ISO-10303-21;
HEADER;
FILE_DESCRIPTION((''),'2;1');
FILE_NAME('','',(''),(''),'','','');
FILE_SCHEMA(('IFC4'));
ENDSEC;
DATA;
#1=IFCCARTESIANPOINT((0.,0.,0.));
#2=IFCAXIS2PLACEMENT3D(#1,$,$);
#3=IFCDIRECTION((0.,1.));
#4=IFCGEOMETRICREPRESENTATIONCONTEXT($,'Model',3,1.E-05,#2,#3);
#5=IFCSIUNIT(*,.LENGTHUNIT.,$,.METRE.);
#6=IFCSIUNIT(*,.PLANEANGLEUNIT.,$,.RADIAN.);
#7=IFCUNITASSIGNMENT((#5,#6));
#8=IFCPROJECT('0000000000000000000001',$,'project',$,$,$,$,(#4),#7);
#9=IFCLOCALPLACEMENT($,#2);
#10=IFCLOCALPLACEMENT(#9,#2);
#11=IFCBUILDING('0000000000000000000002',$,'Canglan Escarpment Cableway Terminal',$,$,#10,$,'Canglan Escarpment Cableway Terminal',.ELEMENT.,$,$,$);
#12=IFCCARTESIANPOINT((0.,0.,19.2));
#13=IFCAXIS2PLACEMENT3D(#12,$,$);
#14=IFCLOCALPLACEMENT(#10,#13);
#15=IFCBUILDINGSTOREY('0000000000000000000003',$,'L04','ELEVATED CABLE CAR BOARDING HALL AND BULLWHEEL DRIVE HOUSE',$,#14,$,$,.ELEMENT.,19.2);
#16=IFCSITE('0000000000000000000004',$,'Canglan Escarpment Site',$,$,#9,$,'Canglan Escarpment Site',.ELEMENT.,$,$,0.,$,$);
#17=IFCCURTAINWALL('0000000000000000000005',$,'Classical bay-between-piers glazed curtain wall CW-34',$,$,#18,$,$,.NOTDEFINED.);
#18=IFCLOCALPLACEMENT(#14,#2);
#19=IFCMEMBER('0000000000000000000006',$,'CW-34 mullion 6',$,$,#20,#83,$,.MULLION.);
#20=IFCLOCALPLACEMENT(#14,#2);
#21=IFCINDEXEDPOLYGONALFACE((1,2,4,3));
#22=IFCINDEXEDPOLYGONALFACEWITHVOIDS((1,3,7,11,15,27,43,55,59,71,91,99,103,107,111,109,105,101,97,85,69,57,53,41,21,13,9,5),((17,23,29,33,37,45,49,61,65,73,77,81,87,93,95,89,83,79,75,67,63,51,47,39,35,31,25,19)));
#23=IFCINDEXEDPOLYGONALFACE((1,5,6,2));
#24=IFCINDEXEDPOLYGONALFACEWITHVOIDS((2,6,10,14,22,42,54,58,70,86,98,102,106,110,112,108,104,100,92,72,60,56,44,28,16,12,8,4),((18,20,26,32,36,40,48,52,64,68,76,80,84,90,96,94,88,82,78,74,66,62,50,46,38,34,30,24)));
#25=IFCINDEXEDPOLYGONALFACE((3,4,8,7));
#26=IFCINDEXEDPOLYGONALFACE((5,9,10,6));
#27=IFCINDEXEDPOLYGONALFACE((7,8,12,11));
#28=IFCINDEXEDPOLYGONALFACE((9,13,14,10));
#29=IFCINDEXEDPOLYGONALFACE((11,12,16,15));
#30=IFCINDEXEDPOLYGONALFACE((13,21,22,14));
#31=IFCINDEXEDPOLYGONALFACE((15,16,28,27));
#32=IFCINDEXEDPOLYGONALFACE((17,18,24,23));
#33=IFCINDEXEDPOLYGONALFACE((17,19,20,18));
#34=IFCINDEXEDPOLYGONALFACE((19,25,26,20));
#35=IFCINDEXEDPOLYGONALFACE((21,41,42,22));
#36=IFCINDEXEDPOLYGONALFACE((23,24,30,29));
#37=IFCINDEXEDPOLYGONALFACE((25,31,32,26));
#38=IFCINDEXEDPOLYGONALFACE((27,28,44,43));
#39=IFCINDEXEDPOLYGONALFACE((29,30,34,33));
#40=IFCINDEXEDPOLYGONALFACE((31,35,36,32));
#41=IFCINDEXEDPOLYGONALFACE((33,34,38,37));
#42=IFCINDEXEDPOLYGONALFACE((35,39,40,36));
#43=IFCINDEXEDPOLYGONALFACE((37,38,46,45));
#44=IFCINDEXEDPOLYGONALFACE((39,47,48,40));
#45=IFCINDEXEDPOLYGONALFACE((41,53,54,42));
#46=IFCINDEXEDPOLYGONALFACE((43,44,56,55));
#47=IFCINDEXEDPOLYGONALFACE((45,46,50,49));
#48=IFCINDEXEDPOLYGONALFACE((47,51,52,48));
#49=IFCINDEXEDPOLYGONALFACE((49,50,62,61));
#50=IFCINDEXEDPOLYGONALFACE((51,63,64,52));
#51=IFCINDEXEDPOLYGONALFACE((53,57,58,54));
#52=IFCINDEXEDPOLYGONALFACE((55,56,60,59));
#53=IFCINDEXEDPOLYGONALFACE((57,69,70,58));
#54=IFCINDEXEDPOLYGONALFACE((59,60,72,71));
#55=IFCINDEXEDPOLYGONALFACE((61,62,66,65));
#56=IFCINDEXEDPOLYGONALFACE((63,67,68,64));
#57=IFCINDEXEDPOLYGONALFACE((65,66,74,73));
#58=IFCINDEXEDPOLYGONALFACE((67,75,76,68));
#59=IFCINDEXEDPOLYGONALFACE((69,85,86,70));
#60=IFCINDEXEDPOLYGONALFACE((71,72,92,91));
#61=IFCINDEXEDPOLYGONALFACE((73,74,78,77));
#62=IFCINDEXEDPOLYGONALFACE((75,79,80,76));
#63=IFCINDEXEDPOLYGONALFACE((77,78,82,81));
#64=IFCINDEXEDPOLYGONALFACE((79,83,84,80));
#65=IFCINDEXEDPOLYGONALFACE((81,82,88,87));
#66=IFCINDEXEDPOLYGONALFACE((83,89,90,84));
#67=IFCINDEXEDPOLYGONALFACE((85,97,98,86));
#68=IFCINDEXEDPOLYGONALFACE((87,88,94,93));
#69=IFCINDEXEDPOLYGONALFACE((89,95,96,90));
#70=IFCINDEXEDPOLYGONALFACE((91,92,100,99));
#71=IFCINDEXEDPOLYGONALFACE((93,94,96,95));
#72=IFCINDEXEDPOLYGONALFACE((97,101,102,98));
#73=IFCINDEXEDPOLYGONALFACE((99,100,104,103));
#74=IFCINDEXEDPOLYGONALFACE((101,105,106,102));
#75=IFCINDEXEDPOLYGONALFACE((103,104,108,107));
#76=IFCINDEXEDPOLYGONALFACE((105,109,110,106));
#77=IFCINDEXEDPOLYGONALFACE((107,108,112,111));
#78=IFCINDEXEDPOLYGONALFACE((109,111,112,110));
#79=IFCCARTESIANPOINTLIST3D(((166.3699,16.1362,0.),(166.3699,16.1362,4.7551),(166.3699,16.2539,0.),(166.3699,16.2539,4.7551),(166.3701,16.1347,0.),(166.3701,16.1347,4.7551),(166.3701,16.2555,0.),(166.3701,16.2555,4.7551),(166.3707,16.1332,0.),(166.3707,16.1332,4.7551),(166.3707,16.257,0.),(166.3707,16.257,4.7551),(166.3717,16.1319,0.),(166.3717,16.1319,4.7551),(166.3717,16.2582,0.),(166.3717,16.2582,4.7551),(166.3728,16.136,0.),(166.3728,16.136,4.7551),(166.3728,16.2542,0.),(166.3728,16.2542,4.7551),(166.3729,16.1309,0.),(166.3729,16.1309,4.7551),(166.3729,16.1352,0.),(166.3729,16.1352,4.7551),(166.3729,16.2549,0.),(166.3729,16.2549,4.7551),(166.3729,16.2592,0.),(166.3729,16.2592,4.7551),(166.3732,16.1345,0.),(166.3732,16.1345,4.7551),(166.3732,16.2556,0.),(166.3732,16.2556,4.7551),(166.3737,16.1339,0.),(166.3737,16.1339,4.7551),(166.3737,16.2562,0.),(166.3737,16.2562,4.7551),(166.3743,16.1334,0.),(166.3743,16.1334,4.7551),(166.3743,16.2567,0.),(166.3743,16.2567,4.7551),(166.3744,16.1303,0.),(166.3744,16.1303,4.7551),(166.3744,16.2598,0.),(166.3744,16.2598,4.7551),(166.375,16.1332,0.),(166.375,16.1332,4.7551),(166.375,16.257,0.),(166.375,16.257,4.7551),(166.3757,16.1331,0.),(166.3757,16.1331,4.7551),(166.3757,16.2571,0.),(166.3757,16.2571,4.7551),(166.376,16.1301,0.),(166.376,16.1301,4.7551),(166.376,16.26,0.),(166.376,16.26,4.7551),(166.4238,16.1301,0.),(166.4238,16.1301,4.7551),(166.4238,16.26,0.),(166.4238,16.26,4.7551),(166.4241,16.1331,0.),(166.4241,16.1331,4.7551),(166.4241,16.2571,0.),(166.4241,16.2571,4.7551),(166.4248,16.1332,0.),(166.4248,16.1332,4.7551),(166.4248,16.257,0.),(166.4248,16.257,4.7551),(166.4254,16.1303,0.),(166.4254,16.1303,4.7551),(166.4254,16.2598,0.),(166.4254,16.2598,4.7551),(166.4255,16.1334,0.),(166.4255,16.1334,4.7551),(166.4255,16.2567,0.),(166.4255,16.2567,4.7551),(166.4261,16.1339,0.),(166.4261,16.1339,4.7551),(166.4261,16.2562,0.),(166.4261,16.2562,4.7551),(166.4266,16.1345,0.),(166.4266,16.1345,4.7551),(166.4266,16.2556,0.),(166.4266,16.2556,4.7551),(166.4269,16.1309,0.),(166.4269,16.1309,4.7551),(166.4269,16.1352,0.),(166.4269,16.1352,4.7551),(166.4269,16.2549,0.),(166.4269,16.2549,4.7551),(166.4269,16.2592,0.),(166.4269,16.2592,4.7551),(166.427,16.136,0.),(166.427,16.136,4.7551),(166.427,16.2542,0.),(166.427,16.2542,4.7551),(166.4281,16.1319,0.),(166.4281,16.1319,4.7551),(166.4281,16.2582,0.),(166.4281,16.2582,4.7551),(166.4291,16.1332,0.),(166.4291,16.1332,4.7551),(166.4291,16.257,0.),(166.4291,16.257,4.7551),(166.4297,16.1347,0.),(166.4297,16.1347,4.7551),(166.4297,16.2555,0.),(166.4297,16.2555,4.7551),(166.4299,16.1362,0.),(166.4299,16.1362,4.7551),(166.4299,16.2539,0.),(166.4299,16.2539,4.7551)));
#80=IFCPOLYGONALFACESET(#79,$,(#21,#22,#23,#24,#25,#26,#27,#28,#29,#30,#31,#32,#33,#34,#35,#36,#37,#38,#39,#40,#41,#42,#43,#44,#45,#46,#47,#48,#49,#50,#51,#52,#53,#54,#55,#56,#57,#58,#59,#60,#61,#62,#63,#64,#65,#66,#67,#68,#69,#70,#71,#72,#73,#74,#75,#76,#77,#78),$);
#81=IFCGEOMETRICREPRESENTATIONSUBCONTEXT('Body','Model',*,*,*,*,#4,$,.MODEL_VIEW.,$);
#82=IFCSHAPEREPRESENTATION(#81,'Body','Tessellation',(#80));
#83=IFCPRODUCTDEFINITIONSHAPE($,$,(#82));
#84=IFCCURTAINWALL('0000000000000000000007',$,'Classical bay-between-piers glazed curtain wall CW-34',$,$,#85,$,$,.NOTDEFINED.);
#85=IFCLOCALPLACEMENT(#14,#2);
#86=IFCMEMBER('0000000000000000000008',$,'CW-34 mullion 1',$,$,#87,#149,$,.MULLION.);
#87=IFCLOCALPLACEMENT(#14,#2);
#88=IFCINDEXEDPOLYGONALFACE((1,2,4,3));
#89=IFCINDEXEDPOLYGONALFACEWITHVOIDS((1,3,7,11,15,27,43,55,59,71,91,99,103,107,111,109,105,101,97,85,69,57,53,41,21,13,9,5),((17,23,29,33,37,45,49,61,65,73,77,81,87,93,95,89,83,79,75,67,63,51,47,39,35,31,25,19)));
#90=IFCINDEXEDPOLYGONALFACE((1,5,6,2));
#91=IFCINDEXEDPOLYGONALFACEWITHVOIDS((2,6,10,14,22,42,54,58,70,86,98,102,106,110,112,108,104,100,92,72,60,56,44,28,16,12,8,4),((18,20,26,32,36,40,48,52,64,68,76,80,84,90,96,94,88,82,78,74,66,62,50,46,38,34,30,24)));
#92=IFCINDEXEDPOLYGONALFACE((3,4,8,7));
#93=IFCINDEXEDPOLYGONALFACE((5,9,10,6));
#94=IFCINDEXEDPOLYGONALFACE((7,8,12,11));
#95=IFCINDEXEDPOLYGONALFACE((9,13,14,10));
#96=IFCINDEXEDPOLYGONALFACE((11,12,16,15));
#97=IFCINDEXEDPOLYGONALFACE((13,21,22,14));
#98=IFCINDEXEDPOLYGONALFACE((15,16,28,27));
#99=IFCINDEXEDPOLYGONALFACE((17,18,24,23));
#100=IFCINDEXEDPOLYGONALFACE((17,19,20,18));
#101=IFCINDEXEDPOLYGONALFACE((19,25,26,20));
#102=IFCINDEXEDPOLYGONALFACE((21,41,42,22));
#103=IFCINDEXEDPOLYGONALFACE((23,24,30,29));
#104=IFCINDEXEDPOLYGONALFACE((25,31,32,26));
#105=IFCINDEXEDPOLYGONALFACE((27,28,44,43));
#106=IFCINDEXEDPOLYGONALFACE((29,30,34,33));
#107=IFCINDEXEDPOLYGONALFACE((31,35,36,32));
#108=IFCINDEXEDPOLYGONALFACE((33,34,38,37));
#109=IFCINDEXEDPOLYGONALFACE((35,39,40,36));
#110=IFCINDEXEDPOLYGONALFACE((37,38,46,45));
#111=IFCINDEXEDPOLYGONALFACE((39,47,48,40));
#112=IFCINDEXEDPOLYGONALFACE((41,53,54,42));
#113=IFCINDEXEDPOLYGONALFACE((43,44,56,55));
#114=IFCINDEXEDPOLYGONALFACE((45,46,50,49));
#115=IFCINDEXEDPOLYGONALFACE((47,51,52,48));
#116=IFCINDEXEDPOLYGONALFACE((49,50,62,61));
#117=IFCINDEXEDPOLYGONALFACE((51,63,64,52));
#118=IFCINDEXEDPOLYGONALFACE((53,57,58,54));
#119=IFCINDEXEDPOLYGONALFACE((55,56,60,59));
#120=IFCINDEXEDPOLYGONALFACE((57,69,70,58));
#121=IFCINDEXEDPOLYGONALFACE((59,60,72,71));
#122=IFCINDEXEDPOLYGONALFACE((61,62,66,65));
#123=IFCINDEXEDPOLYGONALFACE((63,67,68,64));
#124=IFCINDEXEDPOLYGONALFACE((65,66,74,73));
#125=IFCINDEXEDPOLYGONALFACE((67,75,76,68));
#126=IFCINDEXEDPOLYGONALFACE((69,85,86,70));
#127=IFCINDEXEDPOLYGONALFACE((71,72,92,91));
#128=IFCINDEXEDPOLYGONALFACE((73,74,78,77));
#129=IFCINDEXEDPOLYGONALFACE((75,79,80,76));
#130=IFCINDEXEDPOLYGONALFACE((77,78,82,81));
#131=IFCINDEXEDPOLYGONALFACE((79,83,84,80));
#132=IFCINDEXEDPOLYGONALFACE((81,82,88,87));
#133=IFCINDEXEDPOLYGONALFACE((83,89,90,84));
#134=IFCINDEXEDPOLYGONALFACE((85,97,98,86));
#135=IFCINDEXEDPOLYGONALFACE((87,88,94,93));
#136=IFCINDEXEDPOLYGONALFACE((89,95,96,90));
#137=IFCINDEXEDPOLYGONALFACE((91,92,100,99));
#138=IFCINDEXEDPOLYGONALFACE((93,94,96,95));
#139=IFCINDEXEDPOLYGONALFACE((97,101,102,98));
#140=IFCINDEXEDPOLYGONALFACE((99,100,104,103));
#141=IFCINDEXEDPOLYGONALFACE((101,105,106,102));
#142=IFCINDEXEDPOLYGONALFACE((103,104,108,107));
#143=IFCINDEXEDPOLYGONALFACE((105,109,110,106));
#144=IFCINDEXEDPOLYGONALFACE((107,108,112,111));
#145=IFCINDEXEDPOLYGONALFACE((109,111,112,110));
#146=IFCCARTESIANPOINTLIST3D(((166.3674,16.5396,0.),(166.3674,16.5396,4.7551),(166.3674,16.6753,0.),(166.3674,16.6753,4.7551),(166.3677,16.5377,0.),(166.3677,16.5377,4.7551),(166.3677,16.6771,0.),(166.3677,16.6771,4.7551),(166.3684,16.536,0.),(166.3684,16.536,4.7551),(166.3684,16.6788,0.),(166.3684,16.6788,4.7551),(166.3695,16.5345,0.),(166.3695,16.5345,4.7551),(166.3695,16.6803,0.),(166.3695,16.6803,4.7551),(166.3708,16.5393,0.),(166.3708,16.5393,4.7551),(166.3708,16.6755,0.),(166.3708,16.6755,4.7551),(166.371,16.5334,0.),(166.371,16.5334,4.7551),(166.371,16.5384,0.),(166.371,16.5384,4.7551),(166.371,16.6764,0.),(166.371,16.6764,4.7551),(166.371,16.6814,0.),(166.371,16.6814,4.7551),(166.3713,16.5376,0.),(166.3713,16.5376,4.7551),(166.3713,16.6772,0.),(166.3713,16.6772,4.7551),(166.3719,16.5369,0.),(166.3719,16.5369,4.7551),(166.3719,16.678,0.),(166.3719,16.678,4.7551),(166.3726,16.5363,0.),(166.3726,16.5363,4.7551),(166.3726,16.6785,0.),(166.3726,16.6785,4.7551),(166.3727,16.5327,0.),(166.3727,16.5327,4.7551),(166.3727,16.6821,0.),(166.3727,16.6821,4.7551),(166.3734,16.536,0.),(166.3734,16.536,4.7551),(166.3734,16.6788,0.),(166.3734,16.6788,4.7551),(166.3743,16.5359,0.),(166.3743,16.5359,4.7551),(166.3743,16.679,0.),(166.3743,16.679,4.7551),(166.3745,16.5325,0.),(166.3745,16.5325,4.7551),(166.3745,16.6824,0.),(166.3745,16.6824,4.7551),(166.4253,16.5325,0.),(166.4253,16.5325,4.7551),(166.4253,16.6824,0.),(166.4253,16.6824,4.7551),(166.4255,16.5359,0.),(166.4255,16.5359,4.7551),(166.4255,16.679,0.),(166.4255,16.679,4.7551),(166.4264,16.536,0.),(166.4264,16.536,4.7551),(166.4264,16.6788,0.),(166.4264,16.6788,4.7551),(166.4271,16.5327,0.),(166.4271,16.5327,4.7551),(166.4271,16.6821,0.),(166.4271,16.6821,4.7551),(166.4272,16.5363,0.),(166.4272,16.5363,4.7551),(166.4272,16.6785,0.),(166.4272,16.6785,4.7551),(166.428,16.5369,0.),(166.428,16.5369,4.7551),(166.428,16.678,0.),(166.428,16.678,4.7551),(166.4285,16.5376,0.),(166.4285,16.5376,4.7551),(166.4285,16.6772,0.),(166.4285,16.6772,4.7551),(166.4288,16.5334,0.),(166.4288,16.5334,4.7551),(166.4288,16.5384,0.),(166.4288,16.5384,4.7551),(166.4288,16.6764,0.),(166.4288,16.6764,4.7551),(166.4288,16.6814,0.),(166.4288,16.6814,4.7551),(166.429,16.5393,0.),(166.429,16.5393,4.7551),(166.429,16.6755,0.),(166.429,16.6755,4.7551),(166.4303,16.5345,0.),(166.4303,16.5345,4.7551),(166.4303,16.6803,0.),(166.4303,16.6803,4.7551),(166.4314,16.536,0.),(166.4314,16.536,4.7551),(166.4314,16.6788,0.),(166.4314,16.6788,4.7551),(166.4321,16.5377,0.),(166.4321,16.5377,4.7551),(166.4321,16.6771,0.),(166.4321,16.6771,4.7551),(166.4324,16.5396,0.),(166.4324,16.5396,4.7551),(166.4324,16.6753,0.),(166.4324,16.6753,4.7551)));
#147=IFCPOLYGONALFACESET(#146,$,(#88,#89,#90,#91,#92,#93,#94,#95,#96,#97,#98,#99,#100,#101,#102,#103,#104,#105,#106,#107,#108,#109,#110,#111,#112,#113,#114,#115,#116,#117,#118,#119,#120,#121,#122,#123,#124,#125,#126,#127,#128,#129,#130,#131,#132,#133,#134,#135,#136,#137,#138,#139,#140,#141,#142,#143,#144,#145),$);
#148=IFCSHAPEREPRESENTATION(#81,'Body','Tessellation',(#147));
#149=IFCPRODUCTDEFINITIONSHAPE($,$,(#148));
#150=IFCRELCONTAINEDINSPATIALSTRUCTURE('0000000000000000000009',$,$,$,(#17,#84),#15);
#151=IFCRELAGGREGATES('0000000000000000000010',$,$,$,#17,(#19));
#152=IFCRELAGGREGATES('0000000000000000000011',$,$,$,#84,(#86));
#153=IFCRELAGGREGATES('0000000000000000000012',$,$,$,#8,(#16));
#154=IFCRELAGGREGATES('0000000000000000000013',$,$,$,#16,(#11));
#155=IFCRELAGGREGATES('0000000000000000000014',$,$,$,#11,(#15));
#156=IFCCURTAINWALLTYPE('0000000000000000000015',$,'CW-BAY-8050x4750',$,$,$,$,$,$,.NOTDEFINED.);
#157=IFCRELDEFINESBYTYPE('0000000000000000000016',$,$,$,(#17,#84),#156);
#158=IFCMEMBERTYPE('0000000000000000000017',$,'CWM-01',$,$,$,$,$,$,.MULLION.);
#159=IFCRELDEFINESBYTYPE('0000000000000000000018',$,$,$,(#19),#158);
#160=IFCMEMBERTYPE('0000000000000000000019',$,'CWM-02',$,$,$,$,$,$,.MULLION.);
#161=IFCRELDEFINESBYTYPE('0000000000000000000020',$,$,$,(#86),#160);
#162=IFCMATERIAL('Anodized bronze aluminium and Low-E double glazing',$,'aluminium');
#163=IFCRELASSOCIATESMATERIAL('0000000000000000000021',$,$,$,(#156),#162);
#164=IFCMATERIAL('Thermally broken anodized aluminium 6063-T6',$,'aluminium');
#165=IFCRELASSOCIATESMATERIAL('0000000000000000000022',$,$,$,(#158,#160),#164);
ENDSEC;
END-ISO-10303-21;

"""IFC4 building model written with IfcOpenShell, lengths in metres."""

from ifc_helpers import new_model, si_unit, direction, frame, origin, origin_2d, place, context, subcontext, project, spatial, hollow_rectangle, extrude, material, material_profile, profile_set, type_object, element, aggregate, save


model = new_model("IFC4")

# Units and contexts
model_context = context("Model", 3, precision=1e-05, world=origin(), true_north=direction((0.0, 1.0)))
body_context = subcontext(model_context, "Body", "Model", "MODEL_VIEW")
ifc_project = project(units=[si_unit("LENGTHUNIT", "METRE"), si_unit("PLANEANGLEUNIT", "RADIAN")], contexts=[model_context])

# Site, building, storey
site_placement = place(None, origin())
site = spatial("IfcSite", under=ifc_project, at=site_placement, Name="Canglan Escarpment Site", LongName="Canglan Escarpment Site", CompositionType="ELEMENT", RefElevation=0.0)
building_placement = place(site_placement, origin())
building = spatial("IfcBuilding", under=site, at=building_placement, Name="Canglan Escarpment Cableway Terminal", LongName="Canglan Escarpment Cableway Terminal", CompositionType="ELEMENT")
storey_placement = place(building_placement, frame((0.0, 0.0, 19.2)))
storey = spatial("IfcBuildingStorey", under=building, at=storey_placement, Name="L04", Description="ELEVATED CABLE CAR BOARDING HALL AND BULLWHEEL DRIVE HOUSE", CompositionType="ELEMENT", Elevation=19.2)

# Curtain walls, members
ifc_material_1 = material(Name="Anodized bronze aluminium and Low-E double glazing", Category="aluminium")
curtain_wall_type = type_object("IfcCurtainWallType", Name="CW-BAY-8050x4750", PredefinedType="NOTDEFINED", material=ifc_material_1)
curtain_wall_1_placement = place(storey_placement, origin())
curtain_wall_1 = element("IfcCurtainWall", 1, at=curtain_wall_1_placement, inside=storey, type_object=curtain_wall_type, Name="Classical bay-between-piers glazed curtain wall CW-34", PredefinedType="NOTDEFINED")
ifc_material_2 = material(Name="Thermally broken anodized aluminium 6063-T6", Category="aluminium")
ifc_material_profile_1 = material_profile(ifc_material_2, hollow_rectangle(XDim=0.0601, YDim=0.1299, WallThickness=0.0029, InnerFilletRadius=0.0029, OuterFilletRadius=0.0061, at=origin_2d()), Name="ALU-MULL 60x130x3")
ifc_profile_set_1 = profile_set([ifc_material_profile_1], Name="Thermally broken anodized aluminium 6063-T6")
member_type_1 = type_object("IfcMemberType", Name="CWM-01", PredefinedType="MULLION", material=ifc_profile_set_1)
member_1_placement = place(storey_placement, frame((166.3999, 16.1951, 0.0), z_axis=(0.0, 0.0, 1.0), x_axis=(-1.0, 0.0, 0.0)))
member_1 = element("IfcMember", 2, at=member_1_placement, type_object=member_type_1, Name="CW-34 mullion 6", PredefinedType="MULLION", context=body_context, shape_type="SweptSolid", body=[
    extrude(hollow_rectangle(XDim=0.0601, YDim=0.1299, WallThickness=0.0029, InnerFilletRadius=0.0029, OuterFilletRadius=0.0061, at=origin_2d()), origin(), (0.0, 0.0, 1.0), 4.7551),
])
curtain_wall_2_placement = place(storey_placement, origin())
curtain_wall_2 = element("IfcCurtainWall", 3, at=curtain_wall_2_placement, inside=storey, type_object=curtain_wall_type, Name="Classical bay-between-piers glazed curtain wall CW-34", PredefinedType="NOTDEFINED")
ifc_material_profile_2 = material_profile(ifc_material_2, hollow_rectangle(XDim=0.0649, YDim=0.1499, WallThickness=0.0034, InnerFilletRadius=0.0034, OuterFilletRadius=0.0071, at=origin_2d()), Name="ALU-MULL 65x150x3.5")
ifc_profile_set_2 = profile_set([ifc_material_profile_2], Name="Thermally broken anodized aluminium 6063-T6")
member_type_2 = type_object("IfcMemberType", Name="CWM-02", PredefinedType="MULLION", material=ifc_profile_set_2)
member_2_placement = place(storey_placement, frame((166.3999, 16.6074, 0.0), z_axis=(0.0, 0.0, 1.0), x_axis=(-1.0, 0.0, 0.0)))
member_2 = element("IfcMember", 4, at=member_2_placement, type_object=member_type_2, Name="CW-34 mullion 1", PredefinedType="MULLION", context=body_context, shape_type="SweptSolid", body=[
    extrude(hollow_rectangle(XDim=0.0649, YDim=0.1499, WallThickness=0.0034, InnerFilletRadius=0.0034, OuterFilletRadius=0.0071, at=origin_2d()), origin(), (0.0, 0.0, 1.0), 4.7551),
])

aggregate(curtain_wall_1, [member_1])
aggregate(curtain_wall_2, [member_2])

save(model, "model.ifc")
